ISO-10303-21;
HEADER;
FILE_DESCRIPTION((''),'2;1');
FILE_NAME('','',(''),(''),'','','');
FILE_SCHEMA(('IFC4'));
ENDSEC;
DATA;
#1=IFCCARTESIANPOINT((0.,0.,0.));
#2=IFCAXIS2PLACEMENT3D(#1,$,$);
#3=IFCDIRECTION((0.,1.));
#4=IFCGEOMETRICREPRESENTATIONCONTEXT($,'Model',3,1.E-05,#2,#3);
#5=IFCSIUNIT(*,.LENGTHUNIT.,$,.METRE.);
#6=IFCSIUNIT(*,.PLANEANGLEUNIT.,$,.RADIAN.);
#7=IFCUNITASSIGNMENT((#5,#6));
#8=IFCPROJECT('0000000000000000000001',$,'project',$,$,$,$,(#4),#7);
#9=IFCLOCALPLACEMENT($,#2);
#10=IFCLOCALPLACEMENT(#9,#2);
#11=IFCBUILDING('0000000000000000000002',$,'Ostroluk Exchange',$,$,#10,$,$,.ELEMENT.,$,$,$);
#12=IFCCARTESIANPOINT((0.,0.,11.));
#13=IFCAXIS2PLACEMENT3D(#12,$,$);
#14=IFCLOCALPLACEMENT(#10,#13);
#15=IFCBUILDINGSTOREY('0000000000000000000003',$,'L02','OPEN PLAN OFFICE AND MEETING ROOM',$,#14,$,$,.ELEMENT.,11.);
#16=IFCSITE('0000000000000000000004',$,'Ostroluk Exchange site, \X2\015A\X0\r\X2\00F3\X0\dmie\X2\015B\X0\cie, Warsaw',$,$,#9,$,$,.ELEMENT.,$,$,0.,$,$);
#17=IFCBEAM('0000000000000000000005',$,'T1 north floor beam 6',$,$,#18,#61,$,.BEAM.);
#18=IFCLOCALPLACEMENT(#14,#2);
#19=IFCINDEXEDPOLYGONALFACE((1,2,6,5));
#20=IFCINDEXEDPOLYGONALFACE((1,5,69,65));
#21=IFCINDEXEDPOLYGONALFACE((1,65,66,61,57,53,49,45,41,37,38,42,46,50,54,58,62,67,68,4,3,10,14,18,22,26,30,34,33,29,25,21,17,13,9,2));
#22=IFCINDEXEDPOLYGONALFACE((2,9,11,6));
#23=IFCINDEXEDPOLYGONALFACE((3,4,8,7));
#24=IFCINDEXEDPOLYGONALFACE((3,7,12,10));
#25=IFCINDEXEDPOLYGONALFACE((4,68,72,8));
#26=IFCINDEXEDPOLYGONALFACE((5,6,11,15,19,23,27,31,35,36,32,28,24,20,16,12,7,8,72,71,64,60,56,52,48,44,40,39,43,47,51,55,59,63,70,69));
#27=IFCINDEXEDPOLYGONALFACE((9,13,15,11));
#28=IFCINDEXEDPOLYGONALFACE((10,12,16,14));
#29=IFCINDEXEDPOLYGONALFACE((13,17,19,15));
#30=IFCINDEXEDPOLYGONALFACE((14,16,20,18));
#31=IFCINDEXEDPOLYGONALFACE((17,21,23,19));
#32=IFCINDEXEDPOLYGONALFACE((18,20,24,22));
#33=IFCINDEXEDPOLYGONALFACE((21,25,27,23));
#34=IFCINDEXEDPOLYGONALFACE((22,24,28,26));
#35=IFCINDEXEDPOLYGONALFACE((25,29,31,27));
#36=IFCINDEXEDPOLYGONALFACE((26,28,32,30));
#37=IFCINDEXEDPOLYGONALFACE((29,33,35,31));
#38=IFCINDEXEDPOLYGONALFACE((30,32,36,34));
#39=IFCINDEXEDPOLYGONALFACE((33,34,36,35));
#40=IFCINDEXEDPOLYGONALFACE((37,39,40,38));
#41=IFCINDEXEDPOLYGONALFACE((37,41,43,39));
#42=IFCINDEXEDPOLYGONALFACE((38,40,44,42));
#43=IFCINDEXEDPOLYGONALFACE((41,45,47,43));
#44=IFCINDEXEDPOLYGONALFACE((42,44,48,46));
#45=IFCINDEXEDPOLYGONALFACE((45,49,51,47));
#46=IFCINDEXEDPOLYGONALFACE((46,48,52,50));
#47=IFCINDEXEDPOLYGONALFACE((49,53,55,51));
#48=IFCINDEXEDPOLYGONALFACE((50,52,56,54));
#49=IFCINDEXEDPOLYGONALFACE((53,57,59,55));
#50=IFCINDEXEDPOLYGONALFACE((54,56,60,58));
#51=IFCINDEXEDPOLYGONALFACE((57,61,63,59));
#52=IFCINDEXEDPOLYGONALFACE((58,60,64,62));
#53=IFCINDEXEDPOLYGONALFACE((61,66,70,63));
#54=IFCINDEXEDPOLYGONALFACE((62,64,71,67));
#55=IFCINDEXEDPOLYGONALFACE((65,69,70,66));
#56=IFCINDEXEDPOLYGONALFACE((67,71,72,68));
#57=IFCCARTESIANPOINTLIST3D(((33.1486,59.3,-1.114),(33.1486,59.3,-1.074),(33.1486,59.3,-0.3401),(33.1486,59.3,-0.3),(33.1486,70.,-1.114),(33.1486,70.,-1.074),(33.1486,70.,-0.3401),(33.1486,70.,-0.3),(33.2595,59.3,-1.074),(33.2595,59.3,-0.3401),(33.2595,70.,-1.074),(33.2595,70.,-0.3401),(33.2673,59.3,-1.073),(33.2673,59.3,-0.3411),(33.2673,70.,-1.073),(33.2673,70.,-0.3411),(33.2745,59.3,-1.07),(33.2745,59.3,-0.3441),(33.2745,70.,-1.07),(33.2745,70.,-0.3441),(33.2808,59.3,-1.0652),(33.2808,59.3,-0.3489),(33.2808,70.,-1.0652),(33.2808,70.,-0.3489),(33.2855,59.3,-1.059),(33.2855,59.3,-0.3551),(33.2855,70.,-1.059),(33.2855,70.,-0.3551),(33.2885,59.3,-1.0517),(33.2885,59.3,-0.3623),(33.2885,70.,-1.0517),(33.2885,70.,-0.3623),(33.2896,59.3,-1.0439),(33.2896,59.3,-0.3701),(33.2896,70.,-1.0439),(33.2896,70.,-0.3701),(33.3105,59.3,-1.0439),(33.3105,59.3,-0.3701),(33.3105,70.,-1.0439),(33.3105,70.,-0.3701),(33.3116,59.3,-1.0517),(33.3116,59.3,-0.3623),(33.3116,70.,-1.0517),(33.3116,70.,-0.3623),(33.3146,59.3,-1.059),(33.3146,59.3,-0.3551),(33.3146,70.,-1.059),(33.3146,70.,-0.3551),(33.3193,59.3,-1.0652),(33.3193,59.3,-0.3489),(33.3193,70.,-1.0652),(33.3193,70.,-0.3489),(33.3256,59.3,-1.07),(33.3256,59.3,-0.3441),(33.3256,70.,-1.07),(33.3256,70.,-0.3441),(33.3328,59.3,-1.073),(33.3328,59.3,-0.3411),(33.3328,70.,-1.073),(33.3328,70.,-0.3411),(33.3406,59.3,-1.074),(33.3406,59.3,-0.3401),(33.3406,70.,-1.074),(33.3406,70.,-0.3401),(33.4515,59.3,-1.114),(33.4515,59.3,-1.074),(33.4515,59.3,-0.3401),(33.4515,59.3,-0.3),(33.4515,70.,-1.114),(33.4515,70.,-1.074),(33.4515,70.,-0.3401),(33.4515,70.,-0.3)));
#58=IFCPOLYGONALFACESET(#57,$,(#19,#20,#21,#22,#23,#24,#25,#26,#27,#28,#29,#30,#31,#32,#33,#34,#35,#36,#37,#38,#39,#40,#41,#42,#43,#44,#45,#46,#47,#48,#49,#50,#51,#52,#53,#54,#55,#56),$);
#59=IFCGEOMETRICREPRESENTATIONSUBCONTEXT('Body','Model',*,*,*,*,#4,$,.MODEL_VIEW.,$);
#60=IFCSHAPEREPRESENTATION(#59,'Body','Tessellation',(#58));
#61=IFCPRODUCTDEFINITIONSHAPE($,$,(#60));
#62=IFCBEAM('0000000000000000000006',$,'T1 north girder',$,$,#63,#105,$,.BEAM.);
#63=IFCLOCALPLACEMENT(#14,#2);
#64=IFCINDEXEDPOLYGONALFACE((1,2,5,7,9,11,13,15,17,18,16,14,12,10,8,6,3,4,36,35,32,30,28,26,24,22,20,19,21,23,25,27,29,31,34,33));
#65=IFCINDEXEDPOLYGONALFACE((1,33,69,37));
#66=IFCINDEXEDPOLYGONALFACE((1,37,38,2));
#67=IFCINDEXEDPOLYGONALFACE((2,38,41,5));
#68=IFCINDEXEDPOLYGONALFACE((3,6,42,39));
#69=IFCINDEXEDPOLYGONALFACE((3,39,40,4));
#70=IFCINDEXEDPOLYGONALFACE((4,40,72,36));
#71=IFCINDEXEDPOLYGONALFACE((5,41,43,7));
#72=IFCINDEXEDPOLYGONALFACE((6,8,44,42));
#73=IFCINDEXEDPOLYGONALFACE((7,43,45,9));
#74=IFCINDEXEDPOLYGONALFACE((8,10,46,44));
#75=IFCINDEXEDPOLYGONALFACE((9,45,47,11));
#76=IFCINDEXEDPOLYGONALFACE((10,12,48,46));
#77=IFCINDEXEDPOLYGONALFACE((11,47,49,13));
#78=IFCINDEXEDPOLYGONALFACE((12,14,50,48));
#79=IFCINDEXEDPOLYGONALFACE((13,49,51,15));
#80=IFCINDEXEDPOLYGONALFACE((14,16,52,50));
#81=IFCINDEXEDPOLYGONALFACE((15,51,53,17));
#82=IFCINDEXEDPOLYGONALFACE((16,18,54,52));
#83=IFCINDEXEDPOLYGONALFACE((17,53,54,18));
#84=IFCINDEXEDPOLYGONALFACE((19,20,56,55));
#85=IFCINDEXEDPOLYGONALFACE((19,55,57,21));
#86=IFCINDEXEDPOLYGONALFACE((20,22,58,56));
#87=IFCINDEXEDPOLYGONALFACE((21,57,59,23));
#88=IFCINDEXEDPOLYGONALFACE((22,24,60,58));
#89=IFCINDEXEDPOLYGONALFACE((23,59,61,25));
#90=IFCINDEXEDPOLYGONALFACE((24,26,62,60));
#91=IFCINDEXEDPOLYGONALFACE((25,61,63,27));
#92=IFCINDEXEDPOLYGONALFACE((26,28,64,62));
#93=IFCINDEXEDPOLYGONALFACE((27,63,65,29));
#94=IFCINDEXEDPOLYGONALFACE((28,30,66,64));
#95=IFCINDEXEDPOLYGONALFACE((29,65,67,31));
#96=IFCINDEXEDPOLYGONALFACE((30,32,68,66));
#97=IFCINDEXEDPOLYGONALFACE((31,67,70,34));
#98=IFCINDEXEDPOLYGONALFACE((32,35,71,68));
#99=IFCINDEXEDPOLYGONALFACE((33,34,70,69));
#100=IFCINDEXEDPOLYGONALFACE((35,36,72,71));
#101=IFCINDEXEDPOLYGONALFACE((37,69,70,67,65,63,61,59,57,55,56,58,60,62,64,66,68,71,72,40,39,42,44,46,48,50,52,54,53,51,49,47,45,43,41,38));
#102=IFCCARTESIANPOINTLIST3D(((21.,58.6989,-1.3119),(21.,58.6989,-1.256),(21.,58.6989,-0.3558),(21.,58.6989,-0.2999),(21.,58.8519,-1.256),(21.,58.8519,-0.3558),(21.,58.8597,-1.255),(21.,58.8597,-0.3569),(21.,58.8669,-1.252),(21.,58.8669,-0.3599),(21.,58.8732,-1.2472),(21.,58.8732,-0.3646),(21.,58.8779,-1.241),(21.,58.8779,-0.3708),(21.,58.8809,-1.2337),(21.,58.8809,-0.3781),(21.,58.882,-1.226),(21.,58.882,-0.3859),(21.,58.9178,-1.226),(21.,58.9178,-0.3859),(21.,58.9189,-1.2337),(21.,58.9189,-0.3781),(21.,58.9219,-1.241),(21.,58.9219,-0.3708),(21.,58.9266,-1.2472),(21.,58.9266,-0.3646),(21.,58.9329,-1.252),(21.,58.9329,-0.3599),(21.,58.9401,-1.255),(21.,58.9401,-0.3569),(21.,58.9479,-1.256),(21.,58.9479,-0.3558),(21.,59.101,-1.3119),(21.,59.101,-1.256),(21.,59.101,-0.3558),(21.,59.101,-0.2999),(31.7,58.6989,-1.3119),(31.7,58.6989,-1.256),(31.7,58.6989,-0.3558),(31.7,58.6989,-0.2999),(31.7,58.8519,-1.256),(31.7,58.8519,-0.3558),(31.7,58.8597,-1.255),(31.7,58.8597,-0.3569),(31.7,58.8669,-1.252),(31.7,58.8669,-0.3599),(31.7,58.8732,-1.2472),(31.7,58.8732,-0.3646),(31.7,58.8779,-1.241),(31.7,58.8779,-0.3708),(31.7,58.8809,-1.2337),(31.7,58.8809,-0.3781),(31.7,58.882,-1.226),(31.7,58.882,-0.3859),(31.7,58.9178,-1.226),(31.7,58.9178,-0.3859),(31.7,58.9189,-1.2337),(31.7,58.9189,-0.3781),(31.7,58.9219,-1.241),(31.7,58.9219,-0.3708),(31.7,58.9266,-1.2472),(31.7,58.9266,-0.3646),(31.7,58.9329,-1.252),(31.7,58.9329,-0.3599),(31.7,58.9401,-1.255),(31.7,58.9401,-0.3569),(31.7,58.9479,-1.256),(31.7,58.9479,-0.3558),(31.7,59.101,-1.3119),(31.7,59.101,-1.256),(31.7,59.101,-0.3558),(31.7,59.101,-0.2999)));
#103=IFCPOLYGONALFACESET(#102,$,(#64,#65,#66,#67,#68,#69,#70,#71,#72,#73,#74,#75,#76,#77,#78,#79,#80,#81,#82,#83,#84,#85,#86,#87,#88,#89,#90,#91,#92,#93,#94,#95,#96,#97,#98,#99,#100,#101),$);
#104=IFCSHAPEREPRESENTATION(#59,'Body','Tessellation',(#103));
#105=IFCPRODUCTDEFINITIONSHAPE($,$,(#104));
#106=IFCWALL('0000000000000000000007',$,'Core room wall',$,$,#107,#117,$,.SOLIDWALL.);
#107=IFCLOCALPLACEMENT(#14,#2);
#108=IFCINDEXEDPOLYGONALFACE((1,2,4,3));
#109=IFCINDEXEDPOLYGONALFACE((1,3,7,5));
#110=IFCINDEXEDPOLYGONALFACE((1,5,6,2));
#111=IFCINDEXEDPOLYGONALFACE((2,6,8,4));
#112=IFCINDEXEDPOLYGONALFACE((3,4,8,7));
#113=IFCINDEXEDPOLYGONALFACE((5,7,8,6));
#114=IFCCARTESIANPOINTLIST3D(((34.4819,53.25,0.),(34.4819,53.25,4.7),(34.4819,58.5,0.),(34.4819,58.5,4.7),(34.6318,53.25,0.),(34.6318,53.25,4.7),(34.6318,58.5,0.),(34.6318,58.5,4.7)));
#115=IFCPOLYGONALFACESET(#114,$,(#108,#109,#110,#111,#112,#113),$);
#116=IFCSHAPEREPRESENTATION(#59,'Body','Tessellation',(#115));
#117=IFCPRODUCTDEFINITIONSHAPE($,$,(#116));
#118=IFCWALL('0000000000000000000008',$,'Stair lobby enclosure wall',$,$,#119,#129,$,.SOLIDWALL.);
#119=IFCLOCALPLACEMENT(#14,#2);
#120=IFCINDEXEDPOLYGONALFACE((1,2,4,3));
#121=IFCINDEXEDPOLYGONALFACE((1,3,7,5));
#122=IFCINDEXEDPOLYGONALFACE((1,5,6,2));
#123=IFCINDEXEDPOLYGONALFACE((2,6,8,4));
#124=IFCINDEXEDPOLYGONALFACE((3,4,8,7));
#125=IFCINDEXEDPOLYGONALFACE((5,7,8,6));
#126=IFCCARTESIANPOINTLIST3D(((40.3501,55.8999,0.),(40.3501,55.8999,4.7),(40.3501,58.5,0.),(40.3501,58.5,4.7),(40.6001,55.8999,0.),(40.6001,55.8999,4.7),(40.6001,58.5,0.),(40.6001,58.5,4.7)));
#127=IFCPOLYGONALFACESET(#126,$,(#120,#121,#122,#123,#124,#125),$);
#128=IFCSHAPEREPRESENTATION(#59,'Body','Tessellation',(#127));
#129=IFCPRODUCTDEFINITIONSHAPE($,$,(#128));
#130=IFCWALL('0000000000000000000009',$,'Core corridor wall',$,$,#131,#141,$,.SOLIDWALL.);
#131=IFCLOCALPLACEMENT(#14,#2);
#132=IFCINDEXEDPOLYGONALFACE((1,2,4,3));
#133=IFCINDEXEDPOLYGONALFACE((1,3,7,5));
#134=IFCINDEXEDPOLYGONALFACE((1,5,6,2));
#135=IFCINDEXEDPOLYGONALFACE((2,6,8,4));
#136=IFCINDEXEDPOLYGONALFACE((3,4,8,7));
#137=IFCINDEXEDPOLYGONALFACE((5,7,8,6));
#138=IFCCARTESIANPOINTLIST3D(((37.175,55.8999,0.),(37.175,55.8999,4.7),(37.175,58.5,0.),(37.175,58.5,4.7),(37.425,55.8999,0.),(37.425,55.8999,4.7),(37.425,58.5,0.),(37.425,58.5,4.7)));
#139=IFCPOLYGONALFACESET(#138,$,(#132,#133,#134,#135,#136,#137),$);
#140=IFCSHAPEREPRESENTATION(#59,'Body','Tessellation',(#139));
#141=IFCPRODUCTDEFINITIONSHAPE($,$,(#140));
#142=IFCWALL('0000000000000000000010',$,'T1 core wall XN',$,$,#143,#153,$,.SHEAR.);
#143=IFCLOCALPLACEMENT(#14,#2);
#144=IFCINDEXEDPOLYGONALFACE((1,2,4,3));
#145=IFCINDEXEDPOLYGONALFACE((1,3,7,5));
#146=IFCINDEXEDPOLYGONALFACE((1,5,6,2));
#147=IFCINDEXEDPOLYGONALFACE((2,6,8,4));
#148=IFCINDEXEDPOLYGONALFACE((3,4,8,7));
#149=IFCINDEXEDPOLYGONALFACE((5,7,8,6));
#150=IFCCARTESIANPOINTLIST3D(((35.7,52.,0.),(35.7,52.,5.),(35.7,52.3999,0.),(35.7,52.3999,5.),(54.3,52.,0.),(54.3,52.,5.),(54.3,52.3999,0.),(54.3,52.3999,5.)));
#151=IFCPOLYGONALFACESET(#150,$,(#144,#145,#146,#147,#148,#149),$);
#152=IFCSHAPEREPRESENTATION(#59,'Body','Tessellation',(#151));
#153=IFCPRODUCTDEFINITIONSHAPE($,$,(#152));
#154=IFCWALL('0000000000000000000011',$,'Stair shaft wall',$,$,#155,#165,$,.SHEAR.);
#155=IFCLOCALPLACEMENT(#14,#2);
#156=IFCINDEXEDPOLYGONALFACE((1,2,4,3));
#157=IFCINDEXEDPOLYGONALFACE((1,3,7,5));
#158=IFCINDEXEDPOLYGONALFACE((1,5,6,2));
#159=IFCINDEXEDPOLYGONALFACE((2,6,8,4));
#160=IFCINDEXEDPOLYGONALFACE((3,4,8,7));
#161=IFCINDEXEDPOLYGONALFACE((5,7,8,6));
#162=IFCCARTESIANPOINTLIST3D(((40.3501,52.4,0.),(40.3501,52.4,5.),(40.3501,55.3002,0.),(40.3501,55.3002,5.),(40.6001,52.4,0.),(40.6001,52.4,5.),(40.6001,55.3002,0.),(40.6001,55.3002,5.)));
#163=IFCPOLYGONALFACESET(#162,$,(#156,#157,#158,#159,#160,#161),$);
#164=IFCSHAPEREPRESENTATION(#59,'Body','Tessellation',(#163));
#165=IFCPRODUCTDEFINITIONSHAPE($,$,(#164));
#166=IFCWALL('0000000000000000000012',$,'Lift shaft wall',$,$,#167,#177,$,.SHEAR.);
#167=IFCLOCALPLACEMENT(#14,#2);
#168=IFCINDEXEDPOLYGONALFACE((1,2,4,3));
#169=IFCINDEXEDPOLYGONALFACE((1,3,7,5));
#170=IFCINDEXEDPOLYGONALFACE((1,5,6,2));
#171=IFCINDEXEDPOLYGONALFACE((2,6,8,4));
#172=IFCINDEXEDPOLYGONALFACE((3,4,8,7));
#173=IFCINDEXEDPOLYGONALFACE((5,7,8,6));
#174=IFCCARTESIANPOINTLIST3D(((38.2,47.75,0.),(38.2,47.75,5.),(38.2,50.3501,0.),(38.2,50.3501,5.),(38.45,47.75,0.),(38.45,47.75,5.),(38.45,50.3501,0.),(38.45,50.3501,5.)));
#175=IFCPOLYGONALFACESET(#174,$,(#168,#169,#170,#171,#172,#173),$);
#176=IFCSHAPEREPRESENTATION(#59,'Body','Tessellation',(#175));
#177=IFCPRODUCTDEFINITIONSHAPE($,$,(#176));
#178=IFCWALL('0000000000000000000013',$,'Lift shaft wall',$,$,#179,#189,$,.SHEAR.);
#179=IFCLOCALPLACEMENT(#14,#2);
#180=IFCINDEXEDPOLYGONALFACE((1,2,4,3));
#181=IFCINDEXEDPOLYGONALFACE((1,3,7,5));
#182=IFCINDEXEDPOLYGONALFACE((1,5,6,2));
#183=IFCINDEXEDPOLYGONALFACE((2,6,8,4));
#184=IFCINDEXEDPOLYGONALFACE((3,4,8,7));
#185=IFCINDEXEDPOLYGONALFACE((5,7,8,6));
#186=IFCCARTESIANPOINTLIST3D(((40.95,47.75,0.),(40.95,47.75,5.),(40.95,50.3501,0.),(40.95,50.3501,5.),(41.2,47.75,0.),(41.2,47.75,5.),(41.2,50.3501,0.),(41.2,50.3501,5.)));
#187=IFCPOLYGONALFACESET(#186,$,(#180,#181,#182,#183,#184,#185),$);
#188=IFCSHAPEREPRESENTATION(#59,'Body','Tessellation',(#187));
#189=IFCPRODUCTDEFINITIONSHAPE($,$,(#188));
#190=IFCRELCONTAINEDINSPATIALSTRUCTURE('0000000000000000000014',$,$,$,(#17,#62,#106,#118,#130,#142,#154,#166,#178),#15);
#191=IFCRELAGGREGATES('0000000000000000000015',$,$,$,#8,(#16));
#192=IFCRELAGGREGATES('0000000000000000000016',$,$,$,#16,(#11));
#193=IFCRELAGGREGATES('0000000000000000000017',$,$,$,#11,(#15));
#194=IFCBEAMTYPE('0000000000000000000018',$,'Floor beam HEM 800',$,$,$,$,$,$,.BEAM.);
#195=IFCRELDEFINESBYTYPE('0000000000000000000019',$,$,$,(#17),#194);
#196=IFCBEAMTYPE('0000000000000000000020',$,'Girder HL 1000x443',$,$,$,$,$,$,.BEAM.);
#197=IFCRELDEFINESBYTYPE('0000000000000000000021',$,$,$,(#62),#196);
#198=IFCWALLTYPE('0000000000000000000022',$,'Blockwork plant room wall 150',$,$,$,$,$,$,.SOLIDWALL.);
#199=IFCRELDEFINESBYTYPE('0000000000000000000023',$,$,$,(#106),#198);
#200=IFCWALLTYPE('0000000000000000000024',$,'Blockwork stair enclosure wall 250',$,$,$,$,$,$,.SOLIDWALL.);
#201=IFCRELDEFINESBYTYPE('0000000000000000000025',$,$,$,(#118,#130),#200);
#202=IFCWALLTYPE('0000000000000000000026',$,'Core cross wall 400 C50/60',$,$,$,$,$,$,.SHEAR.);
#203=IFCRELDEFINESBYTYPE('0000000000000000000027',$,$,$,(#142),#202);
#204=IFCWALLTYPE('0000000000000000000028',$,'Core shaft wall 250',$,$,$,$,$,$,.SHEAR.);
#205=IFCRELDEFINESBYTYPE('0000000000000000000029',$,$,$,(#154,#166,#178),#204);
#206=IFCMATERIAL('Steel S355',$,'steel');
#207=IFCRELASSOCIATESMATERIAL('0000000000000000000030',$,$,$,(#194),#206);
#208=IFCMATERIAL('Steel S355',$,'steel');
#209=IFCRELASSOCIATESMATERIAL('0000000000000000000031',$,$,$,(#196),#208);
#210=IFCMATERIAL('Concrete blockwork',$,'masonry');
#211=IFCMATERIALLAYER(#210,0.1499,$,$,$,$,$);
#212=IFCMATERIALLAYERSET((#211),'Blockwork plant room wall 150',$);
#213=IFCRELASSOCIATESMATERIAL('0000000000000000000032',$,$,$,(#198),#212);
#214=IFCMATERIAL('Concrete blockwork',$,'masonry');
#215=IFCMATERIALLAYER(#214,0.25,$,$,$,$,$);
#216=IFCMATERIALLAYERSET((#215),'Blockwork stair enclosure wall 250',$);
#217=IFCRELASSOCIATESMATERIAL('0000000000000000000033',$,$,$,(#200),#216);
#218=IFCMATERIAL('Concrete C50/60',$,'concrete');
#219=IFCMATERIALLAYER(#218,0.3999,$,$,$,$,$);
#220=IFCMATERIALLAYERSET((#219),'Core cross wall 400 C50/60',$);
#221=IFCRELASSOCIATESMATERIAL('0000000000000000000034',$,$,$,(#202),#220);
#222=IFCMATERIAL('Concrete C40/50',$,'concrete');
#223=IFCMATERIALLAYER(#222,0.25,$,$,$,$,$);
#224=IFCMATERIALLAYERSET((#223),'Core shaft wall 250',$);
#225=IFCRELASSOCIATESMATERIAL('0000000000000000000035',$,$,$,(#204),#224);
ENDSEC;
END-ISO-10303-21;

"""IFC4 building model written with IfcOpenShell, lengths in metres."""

from ifc_helpers import new_model, si_unit, direction, frame, frame_2d, origin, origin_2d, place, context, subcontext, project, spatial, rectangle, i_section, extrude, material, layer, layer_set, material_profile, profile_set, type_object, element, save


model = new_model("IFC4")

# Units and contexts
model_context = context("Model", 3, precision=1e-05, world=origin(), true_north=direction((0.0, 1.0)))
body_context = subcontext(model_context, "Body", "Model", "MODEL_VIEW")
ifc_project = project(units=[si_unit("LENGTHUNIT", "METRE"), si_unit("PLANEANGLEUNIT", "RADIAN")], contexts=[model_context])

# Site, building, storey
site_placement = place(None, origin())
site = spatial("IfcSite", under=ifc_project, at=site_placement, Name="Ostroluk Exchange site, Śródmieście, Warsaw", CompositionType="ELEMENT", RefElevation=0.0)
building_placement = place(site_placement, origin())
building = spatial("IfcBuilding", under=site, at=building_placement, Name="Ostroluk Exchange", CompositionType="ELEMENT")
storey_placement = place(building_placement, frame((0.0, 0.0, 11.0)))
storey = spatial("IfcBuildingStorey", under=building, at=storey_placement, Name="L02", Description="OPEN PLAN OFFICE AND MEETING ROOM", CompositionType="ELEMENT", Elevation=11.0)

# Beams
ifc_material_1 = material(Name="Steel S355", Category="steel")
ifc_material_profile_1 = material_profile(ifc_material_1, i_section(OverallWidth=0.303, OverallDepth=0.814, WebThickness=0.021, FlangeThickness=0.04, FilletRadius=0.03, at=origin_2d()), Name="HEM 800")
ifc_profile_set_1 = profile_set([ifc_material_profile_1], Name="Steel S355")
beam_type_1 = type_object("IfcBeamType", Name="Floor beam HEM 800", PredefinedType="BEAM", material=ifc_profile_set_1)
beam_1_placement = place(storey_placement, frame((33.3, 59.3, -0.707), z_axis=(0.0, 1.0, 0.0), x_axis=(-1.0, 0.0, 0.0)))
element("IfcBeam", 1, at=beam_1_placement, inside=storey, type_object=beam_type_1, Name="T1 north floor beam 6", PredefinedType="BEAM", context=body_context, shape_type="SweptSolid", body=[
    extrude(i_section(OverallWidth=0.303, OverallDepth=0.814, WebThickness=0.021, FlangeThickness=0.04, FilletRadius=0.03, at=origin_2d()), origin(), (0.0, 0.0, 1.0), 10.7),
])
ifc_material_2 = material(Name="Steel S355", Category="steel")
ifc_material_profile_2 = material_profile(ifc_material_2, i_section(OverallWidth=0.4021, OverallDepth=1.012, WebThickness=0.0359, FlangeThickness=0.0559, FilletRadius=0.03, at=origin_2d()), Name="HL 1000x443")
ifc_profile_set_2 = profile_set([ifc_material_profile_2], Name="Steel S355")
beam_type_2 = type_object("IfcBeamType", Name="Girder HL 1000x443", PredefinedType="BEAM", material=ifc_profile_set_2)
beam_2_placement = place(storey_placement, frame((31.7, 58.8999, -0.8059), z_axis=(-1.0, 0.0, 0.0), x_axis=(0.0, -1.0, 0.0)))
element("IfcBeam", 2, at=beam_2_placement, inside=storey, type_object=beam_type_2, Name="T1 north girder", PredefinedType="BEAM", context=body_context, shape_type="SweptSolid", body=[
    extrude(i_section(OverallWidth=0.4021, OverallDepth=1.012, WebThickness=0.0359, FlangeThickness=0.0559, FilletRadius=0.03, at=origin_2d()), origin(), (0.0, 0.0, 1.0), 10.7),
])

# Walls
ifc_material_3 = material(Name="Concrete blockwork", Category="masonry")
ifc_layer_1 = layer(ifc_material_3, 0.1499)
ifc_layer_set_1 = layer_set([ifc_layer_1], Name="Blockwork plant room wall 150")
wall_type_1 = type_object("IfcWallType", Name="Blockwork plant room wall 150", PredefinedType="SOLIDWALL", material=ifc_layer_set_1)
wall_1_placement = place(storey_placement, frame((34.5569, 53.25, 0.0), z_axis=(0.0, 0.0, 1.0), x_axis=(0.0, 1.0, 0.0)))
element("IfcWall", 3, at=wall_1_placement, inside=storey, type_object=wall_type_1, Name="Core room wall", PredefinedType="SOLIDWALL", context=body_context, shape_type="SweptSolid", body=[
    extrude(rectangle(XDim=5.25, YDim=0.1499, at=frame_2d((2.625, 0.0))), origin(), (0.0, 0.0, 1.0), 4.7),
])
ifc_material_4 = material(Name="Concrete blockwork", Category="masonry")
ifc_layer_2 = layer(ifc_material_4, 0.25)
ifc_layer_set_2 = layer_set([ifc_layer_2], Name="Blockwork stair enclosure wall 250")
wall_type_2 = type_object("IfcWallType", Name="Blockwork stair enclosure wall 250", PredefinedType="SOLIDWALL", material=ifc_layer_set_2)
for number, where, z_axis, x_axis, name in (
    (4, (40.4751, 55.8999, 0.0), (0.0, 0.0, 1.0), (0.0, 1.0, 0.0), "Stair lobby enclosure wall"),
    (5, (37.3, 55.8999, 0.0), (0.0, 0.0, 1.0), (0.0, 1.0, 0.0), "Core corridor wall"),
):
    element("IfcWall", number, at=place(storey_placement, frame(where, z_axis=z_axis, x_axis=x_axis)), inside=storey, type_object=wall_type_2, Name=name, PredefinedType="SOLIDWALL", context=body_context, shape_type="SweptSolid", body=[
        extrude(rectangle(XDim=2.6001, YDim=0.25, at=frame_2d((1.3, 0.0))), origin(), (0.0, 0.0, 1.0), 4.7),
    ])
ifc_material_5 = material(Name="Concrete C50/60", Category="concrete")
ifc_layer_3 = layer(ifc_material_5, 0.3999)
ifc_layer_set_3 = layer_set([ifc_layer_3], Name="Core cross wall 400 C50/60")
wall_type_3 = type_object("IfcWallType", Name="Core cross wall 400 C50/60", PredefinedType="SHEAR", material=ifc_layer_set_3)
wall_2_placement = place(storey_placement, frame((35.7, 52.2, 0.0), z_axis=(0.0, 0.0, 1.0), x_axis=(1.0, 0.0, 0.0)))
element("IfcWall", 6, at=wall_2_placement, inside=storey, type_object=wall_type_3, Name="T1 core wall XN", PredefinedType="SHEAR", context=body_context, shape_type="SweptSolid", body=[
    extrude(rectangle(XDim=18.6001, YDim=0.3999, at=frame_2d((9.3, 0.0))), origin(), (0.0, 0.0, 1.0), 5.0),
])
ifc_material_6 = material(Name="Concrete C40/50", Category="concrete")
ifc_layer_4 = layer(ifc_material_6, 0.25)
ifc_layer_set_4 = layer_set([ifc_layer_4], Name="Core shaft wall 250")
wall_type_4 = type_object("IfcWallType", Name="Core shaft wall 250", PredefinedType="SHEAR", material=ifc_layer_set_4)
wall_3_placement = place(storey_placement, frame((40.4751, 52.3999, 0.0), z_axis=(0.0, 0.0, 1.0), x_axis=(0.0, 1.0, 0.0)))
element("IfcWall", 7, at=wall_3_placement, inside=storey, type_object=wall_type_4, Name="Stair shaft wall", PredefinedType="SHEAR", context=body_context, shape_type="SweptSolid", body=[
    extrude(rectangle(XDim=2.9001, YDim=0.25, at=frame_2d((1.4502, 0.0))), origin(), (0.0, 0.0, 1.0), 5.0),
])
for number, where, z_axis, x_axis, name in (
    (8, (38.325, 47.75, 0.0), (0.0, 0.0, 1.0), (0.0, 1.0, 0.0), "Lift shaft wall"),
    (9, (41.075, 47.75, 0.0), (0.0, 0.0, 1.0), (0.0, 1.0, 0.0), "Lift shaft wall"),
):
    element("IfcWall", number, at=place(storey_placement, frame(where, z_axis=z_axis, x_axis=x_axis)), inside=storey, type_object=wall_type_4, Name=name, PredefinedType="SHEAR", context=body_context, shape_type="SweptSolid", body=[
        extrude(rectangle(XDim=2.6001, YDim=0.25, at=frame_2d((1.3, 0.0))), origin(), (0.0, 0.0, 1.0), 5.0),
    ])

save(model, "model.ifc")
